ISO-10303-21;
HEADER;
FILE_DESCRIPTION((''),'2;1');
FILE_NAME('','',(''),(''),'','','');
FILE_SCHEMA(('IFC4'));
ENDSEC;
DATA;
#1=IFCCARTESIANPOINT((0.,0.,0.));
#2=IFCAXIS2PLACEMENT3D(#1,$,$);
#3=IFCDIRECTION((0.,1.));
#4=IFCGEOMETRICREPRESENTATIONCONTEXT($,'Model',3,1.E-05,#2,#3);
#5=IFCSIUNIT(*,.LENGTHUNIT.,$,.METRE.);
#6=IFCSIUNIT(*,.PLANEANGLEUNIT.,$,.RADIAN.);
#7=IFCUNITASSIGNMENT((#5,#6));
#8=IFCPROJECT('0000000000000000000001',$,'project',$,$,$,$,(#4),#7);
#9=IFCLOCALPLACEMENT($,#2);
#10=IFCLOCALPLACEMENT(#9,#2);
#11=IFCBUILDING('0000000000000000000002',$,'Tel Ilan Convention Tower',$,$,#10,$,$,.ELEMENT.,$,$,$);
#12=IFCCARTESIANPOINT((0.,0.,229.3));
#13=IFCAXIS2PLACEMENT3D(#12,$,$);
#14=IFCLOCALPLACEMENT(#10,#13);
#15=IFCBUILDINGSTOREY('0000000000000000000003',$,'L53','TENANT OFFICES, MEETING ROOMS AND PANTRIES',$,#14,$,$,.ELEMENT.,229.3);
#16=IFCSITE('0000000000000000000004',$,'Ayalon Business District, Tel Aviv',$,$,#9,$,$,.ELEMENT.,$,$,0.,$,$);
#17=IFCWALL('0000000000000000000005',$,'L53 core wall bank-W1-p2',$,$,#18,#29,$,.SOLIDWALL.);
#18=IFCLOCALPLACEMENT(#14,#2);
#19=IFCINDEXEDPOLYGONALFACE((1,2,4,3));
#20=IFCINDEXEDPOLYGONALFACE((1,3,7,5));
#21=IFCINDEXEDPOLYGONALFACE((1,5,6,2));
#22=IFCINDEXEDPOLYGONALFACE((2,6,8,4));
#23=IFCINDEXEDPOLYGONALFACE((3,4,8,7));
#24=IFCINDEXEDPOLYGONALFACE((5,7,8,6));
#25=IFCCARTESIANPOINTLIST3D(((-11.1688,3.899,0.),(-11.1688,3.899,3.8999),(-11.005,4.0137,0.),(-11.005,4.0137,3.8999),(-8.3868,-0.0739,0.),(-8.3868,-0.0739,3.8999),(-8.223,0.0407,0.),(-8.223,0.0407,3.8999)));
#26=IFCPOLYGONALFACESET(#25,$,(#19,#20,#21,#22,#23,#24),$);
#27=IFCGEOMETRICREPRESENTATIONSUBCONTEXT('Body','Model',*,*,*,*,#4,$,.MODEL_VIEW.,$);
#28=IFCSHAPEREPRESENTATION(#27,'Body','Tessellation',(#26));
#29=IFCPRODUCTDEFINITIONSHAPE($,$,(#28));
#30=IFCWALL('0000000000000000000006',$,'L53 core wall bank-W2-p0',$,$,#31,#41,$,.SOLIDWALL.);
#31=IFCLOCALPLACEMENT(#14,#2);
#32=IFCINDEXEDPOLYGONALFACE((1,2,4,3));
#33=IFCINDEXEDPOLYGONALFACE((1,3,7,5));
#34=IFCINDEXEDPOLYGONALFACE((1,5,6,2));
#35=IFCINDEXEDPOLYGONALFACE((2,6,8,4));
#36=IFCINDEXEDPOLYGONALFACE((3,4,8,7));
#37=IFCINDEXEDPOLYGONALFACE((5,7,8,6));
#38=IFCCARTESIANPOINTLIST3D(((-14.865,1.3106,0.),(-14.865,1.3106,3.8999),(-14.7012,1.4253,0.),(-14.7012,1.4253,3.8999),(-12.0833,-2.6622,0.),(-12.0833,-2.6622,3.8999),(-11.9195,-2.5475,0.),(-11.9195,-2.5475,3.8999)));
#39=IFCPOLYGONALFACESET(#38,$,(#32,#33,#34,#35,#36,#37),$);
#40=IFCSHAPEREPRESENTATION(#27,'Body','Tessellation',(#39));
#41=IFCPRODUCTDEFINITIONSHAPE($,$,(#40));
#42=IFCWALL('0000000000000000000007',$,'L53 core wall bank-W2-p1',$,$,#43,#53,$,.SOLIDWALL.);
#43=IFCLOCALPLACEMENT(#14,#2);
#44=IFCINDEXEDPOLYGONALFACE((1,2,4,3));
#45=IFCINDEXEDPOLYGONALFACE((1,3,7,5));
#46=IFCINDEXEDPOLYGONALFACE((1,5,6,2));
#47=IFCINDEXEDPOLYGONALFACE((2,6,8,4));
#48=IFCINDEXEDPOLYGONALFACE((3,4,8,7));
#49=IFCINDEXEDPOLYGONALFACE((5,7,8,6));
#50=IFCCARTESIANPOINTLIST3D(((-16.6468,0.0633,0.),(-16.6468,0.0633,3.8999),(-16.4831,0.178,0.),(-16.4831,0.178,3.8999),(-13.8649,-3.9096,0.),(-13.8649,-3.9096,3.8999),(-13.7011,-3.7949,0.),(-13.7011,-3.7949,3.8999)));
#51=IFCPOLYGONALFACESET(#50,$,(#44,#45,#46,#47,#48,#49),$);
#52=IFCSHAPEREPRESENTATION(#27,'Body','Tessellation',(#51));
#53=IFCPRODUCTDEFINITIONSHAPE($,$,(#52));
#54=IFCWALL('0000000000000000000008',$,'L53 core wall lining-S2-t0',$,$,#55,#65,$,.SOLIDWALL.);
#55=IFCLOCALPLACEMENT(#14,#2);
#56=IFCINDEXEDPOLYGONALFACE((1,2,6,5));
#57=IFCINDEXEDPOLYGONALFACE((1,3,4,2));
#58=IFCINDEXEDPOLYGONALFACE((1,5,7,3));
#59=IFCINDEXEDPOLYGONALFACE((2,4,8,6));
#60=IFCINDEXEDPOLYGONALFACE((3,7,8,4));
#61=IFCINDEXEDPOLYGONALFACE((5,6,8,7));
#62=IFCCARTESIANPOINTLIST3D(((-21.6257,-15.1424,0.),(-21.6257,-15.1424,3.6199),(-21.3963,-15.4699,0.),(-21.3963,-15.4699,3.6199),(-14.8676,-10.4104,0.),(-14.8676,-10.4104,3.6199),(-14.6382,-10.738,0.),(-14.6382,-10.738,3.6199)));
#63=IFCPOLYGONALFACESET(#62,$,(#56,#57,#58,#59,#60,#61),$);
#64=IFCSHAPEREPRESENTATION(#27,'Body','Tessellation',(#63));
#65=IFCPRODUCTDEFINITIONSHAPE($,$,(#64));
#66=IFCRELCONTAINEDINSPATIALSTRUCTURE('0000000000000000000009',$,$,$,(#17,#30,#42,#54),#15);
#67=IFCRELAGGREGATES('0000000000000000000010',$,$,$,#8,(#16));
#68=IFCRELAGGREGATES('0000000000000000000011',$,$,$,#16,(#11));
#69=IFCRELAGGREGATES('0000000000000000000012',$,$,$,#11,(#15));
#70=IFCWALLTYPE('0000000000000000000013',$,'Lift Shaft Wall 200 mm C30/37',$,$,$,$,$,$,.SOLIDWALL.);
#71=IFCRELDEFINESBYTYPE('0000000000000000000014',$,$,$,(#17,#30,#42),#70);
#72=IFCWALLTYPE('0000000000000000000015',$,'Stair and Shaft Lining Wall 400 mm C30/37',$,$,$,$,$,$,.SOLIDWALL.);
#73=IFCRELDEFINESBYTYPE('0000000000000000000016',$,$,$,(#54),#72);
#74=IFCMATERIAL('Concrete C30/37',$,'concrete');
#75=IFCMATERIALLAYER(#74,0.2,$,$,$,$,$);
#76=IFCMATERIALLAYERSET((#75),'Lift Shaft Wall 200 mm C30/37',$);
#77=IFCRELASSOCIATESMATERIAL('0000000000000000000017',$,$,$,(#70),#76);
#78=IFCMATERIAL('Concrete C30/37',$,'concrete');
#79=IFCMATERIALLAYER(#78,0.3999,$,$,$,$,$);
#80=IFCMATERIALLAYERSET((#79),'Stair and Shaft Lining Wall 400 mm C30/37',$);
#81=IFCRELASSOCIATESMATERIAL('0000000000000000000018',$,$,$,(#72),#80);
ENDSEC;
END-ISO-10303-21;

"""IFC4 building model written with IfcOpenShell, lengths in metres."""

from ifc_helpers import new_model, si_unit, direction, frame, frame_2d, origin, place, context, subcontext, project, spatial, rectangle, extrude, material, layer, layer_set, type_object, element, save


model = new_model("IFC4")

# Units and contexts
model_context = context("Model", 3, precision=1e-05, world=origin(), true_north=direction((0.0, 1.0)))
body_context = subcontext(model_context, "Body", "Model", "MODEL_VIEW")
ifc_project = project(units=[si_unit("LENGTHUNIT", "METRE"), si_unit("PLANEANGLEUNIT", "RADIAN")], contexts=[model_context])

# Site, building, storey
site_placement = place(None, origin())
site = spatial("IfcSite", under=ifc_project, at=site_placement, Name="Ayalon Business District, Tel Aviv", CompositionType="ELEMENT", RefElevation=0.0)
building_placement = place(site_placement, origin())
building = spatial("IfcBuilding", under=site, at=building_placement, Name="Tel Ilan Convention Tower", CompositionType="ELEMENT")
storey_placement = place(building_placement, frame((0.0, 0.0, 229.3)))
storey = spatial("IfcBuildingStorey", under=building, at=storey_placement, Name="L53", Description="TENANT OFFICES, MEETING ROOMS AND PANTRIES", CompositionType="ELEMENT", Elevation=229.3)

# Walls
ifc_material_1 = material(Name="Concrete C30/37", Category="concrete")
ifc_layer_1 = layer(ifc_material_1, 0.2)
ifc_layer_set_1 = layer_set([ifc_layer_1], Name="Lift Shaft Wall 200 mm C30/37")
wall_type_1 = type_object("IfcWallType", Name="Lift Shaft Wall 200 mm C30/37", PredefinedType="SOLIDWALL", material=ifc_layer_set_1)
wall_1_placement = place(storey_placement, frame((-8.3049, -0.0166, 0.0), z_axis=(0.0, 0.0, 1.0), x_axis=(-0.573594, 0.81914, 0.0)))
element("IfcWall", 1, at=wall_1_placement, inside=storey, type_object=wall_type_1, Name="L53 core wall bank-W1-p2", PredefinedType="SOLIDWALL", context=body_context, shape_type="SweptSolid", body=[
    extrude(rectangle(XDim=4.8501, YDim=0.2, at=frame_2d((2.425, 0.0))), origin(), (0.0, 0.0, 1.0), 3.8999),
])
wall_2_placement = place(storey_placement, frame((-12.0015, -2.6047, 0.0), z_axis=(0.0, 0.0, 1.0), x_axis=(-0.57356, 0.819163, 0.0)))
element("IfcWall", 2, at=wall_2_placement, inside=storey, type_object=wall_type_1, Name="L53 core wall bank-W2-p0", PredefinedType="SOLIDWALL", context=body_context, shape_type="SweptSolid", body=[
    extrude(rectangle(XDim=4.8499, YDim=0.2, at=frame_2d((2.4248, 0.0))), origin(), (0.0, 0.0, 1.0), 3.8999),
])
wall_3_placement = place(storey_placement, frame((-13.783, -3.8523, 0.0), z_axis=(0.0, 0.0, 1.0), x_axis=(-0.573594, 0.81914, 0.0)))
element("IfcWall", 3, at=wall_3_placement, inside=storey, type_object=wall_type_1, Name="L53 core wall bank-W2-p1", PredefinedType="SOLIDWALL", context=body_context, shape_type="SweptSolid", body=[
    extrude(rectangle(XDim=4.8501, YDim=0.2, at=frame_2d((2.425, 0.0))), origin(), (0.0, 0.0, 1.0), 3.8999),
])
ifc_material_2 = material(Name="Concrete C30/37", Category="concrete")
ifc_layer_2 = layer(ifc_material_2, 0.3999)
ifc_layer_set_2 = layer_set([ifc_layer_2], Name="Stair and Shaft Lining Wall 400 mm C30/37")
wall_type_2 = type_object("IfcWallType", Name="Stair and Shaft Lining Wall 400 mm C30/37", PredefinedType="SOLIDWALL", material=ifc_layer_set_2)
wall_4_placement = place(storey_placement, frame((-14.7529, -10.5742, 0.0), z_axis=(0.0, 0.0, 1.0), x_axis=(-0.819158, -0.573568, 0.0)))
element("IfcWall", 4, at=wall_4_placement, inside=storey, type_object=wall_type_2, Name="L53 core wall lining-S2-t0", PredefinedType="SOLIDWALL", context=body_context, shape_type="SweptSolid", body=[
    extrude(rectangle(XDim=8.25, YDim=0.3999, at=frame_2d((4.125, 0.0))), origin(), (0.0, 0.0, 1.0), 3.6199),
])

save(model, "model.ifc")
